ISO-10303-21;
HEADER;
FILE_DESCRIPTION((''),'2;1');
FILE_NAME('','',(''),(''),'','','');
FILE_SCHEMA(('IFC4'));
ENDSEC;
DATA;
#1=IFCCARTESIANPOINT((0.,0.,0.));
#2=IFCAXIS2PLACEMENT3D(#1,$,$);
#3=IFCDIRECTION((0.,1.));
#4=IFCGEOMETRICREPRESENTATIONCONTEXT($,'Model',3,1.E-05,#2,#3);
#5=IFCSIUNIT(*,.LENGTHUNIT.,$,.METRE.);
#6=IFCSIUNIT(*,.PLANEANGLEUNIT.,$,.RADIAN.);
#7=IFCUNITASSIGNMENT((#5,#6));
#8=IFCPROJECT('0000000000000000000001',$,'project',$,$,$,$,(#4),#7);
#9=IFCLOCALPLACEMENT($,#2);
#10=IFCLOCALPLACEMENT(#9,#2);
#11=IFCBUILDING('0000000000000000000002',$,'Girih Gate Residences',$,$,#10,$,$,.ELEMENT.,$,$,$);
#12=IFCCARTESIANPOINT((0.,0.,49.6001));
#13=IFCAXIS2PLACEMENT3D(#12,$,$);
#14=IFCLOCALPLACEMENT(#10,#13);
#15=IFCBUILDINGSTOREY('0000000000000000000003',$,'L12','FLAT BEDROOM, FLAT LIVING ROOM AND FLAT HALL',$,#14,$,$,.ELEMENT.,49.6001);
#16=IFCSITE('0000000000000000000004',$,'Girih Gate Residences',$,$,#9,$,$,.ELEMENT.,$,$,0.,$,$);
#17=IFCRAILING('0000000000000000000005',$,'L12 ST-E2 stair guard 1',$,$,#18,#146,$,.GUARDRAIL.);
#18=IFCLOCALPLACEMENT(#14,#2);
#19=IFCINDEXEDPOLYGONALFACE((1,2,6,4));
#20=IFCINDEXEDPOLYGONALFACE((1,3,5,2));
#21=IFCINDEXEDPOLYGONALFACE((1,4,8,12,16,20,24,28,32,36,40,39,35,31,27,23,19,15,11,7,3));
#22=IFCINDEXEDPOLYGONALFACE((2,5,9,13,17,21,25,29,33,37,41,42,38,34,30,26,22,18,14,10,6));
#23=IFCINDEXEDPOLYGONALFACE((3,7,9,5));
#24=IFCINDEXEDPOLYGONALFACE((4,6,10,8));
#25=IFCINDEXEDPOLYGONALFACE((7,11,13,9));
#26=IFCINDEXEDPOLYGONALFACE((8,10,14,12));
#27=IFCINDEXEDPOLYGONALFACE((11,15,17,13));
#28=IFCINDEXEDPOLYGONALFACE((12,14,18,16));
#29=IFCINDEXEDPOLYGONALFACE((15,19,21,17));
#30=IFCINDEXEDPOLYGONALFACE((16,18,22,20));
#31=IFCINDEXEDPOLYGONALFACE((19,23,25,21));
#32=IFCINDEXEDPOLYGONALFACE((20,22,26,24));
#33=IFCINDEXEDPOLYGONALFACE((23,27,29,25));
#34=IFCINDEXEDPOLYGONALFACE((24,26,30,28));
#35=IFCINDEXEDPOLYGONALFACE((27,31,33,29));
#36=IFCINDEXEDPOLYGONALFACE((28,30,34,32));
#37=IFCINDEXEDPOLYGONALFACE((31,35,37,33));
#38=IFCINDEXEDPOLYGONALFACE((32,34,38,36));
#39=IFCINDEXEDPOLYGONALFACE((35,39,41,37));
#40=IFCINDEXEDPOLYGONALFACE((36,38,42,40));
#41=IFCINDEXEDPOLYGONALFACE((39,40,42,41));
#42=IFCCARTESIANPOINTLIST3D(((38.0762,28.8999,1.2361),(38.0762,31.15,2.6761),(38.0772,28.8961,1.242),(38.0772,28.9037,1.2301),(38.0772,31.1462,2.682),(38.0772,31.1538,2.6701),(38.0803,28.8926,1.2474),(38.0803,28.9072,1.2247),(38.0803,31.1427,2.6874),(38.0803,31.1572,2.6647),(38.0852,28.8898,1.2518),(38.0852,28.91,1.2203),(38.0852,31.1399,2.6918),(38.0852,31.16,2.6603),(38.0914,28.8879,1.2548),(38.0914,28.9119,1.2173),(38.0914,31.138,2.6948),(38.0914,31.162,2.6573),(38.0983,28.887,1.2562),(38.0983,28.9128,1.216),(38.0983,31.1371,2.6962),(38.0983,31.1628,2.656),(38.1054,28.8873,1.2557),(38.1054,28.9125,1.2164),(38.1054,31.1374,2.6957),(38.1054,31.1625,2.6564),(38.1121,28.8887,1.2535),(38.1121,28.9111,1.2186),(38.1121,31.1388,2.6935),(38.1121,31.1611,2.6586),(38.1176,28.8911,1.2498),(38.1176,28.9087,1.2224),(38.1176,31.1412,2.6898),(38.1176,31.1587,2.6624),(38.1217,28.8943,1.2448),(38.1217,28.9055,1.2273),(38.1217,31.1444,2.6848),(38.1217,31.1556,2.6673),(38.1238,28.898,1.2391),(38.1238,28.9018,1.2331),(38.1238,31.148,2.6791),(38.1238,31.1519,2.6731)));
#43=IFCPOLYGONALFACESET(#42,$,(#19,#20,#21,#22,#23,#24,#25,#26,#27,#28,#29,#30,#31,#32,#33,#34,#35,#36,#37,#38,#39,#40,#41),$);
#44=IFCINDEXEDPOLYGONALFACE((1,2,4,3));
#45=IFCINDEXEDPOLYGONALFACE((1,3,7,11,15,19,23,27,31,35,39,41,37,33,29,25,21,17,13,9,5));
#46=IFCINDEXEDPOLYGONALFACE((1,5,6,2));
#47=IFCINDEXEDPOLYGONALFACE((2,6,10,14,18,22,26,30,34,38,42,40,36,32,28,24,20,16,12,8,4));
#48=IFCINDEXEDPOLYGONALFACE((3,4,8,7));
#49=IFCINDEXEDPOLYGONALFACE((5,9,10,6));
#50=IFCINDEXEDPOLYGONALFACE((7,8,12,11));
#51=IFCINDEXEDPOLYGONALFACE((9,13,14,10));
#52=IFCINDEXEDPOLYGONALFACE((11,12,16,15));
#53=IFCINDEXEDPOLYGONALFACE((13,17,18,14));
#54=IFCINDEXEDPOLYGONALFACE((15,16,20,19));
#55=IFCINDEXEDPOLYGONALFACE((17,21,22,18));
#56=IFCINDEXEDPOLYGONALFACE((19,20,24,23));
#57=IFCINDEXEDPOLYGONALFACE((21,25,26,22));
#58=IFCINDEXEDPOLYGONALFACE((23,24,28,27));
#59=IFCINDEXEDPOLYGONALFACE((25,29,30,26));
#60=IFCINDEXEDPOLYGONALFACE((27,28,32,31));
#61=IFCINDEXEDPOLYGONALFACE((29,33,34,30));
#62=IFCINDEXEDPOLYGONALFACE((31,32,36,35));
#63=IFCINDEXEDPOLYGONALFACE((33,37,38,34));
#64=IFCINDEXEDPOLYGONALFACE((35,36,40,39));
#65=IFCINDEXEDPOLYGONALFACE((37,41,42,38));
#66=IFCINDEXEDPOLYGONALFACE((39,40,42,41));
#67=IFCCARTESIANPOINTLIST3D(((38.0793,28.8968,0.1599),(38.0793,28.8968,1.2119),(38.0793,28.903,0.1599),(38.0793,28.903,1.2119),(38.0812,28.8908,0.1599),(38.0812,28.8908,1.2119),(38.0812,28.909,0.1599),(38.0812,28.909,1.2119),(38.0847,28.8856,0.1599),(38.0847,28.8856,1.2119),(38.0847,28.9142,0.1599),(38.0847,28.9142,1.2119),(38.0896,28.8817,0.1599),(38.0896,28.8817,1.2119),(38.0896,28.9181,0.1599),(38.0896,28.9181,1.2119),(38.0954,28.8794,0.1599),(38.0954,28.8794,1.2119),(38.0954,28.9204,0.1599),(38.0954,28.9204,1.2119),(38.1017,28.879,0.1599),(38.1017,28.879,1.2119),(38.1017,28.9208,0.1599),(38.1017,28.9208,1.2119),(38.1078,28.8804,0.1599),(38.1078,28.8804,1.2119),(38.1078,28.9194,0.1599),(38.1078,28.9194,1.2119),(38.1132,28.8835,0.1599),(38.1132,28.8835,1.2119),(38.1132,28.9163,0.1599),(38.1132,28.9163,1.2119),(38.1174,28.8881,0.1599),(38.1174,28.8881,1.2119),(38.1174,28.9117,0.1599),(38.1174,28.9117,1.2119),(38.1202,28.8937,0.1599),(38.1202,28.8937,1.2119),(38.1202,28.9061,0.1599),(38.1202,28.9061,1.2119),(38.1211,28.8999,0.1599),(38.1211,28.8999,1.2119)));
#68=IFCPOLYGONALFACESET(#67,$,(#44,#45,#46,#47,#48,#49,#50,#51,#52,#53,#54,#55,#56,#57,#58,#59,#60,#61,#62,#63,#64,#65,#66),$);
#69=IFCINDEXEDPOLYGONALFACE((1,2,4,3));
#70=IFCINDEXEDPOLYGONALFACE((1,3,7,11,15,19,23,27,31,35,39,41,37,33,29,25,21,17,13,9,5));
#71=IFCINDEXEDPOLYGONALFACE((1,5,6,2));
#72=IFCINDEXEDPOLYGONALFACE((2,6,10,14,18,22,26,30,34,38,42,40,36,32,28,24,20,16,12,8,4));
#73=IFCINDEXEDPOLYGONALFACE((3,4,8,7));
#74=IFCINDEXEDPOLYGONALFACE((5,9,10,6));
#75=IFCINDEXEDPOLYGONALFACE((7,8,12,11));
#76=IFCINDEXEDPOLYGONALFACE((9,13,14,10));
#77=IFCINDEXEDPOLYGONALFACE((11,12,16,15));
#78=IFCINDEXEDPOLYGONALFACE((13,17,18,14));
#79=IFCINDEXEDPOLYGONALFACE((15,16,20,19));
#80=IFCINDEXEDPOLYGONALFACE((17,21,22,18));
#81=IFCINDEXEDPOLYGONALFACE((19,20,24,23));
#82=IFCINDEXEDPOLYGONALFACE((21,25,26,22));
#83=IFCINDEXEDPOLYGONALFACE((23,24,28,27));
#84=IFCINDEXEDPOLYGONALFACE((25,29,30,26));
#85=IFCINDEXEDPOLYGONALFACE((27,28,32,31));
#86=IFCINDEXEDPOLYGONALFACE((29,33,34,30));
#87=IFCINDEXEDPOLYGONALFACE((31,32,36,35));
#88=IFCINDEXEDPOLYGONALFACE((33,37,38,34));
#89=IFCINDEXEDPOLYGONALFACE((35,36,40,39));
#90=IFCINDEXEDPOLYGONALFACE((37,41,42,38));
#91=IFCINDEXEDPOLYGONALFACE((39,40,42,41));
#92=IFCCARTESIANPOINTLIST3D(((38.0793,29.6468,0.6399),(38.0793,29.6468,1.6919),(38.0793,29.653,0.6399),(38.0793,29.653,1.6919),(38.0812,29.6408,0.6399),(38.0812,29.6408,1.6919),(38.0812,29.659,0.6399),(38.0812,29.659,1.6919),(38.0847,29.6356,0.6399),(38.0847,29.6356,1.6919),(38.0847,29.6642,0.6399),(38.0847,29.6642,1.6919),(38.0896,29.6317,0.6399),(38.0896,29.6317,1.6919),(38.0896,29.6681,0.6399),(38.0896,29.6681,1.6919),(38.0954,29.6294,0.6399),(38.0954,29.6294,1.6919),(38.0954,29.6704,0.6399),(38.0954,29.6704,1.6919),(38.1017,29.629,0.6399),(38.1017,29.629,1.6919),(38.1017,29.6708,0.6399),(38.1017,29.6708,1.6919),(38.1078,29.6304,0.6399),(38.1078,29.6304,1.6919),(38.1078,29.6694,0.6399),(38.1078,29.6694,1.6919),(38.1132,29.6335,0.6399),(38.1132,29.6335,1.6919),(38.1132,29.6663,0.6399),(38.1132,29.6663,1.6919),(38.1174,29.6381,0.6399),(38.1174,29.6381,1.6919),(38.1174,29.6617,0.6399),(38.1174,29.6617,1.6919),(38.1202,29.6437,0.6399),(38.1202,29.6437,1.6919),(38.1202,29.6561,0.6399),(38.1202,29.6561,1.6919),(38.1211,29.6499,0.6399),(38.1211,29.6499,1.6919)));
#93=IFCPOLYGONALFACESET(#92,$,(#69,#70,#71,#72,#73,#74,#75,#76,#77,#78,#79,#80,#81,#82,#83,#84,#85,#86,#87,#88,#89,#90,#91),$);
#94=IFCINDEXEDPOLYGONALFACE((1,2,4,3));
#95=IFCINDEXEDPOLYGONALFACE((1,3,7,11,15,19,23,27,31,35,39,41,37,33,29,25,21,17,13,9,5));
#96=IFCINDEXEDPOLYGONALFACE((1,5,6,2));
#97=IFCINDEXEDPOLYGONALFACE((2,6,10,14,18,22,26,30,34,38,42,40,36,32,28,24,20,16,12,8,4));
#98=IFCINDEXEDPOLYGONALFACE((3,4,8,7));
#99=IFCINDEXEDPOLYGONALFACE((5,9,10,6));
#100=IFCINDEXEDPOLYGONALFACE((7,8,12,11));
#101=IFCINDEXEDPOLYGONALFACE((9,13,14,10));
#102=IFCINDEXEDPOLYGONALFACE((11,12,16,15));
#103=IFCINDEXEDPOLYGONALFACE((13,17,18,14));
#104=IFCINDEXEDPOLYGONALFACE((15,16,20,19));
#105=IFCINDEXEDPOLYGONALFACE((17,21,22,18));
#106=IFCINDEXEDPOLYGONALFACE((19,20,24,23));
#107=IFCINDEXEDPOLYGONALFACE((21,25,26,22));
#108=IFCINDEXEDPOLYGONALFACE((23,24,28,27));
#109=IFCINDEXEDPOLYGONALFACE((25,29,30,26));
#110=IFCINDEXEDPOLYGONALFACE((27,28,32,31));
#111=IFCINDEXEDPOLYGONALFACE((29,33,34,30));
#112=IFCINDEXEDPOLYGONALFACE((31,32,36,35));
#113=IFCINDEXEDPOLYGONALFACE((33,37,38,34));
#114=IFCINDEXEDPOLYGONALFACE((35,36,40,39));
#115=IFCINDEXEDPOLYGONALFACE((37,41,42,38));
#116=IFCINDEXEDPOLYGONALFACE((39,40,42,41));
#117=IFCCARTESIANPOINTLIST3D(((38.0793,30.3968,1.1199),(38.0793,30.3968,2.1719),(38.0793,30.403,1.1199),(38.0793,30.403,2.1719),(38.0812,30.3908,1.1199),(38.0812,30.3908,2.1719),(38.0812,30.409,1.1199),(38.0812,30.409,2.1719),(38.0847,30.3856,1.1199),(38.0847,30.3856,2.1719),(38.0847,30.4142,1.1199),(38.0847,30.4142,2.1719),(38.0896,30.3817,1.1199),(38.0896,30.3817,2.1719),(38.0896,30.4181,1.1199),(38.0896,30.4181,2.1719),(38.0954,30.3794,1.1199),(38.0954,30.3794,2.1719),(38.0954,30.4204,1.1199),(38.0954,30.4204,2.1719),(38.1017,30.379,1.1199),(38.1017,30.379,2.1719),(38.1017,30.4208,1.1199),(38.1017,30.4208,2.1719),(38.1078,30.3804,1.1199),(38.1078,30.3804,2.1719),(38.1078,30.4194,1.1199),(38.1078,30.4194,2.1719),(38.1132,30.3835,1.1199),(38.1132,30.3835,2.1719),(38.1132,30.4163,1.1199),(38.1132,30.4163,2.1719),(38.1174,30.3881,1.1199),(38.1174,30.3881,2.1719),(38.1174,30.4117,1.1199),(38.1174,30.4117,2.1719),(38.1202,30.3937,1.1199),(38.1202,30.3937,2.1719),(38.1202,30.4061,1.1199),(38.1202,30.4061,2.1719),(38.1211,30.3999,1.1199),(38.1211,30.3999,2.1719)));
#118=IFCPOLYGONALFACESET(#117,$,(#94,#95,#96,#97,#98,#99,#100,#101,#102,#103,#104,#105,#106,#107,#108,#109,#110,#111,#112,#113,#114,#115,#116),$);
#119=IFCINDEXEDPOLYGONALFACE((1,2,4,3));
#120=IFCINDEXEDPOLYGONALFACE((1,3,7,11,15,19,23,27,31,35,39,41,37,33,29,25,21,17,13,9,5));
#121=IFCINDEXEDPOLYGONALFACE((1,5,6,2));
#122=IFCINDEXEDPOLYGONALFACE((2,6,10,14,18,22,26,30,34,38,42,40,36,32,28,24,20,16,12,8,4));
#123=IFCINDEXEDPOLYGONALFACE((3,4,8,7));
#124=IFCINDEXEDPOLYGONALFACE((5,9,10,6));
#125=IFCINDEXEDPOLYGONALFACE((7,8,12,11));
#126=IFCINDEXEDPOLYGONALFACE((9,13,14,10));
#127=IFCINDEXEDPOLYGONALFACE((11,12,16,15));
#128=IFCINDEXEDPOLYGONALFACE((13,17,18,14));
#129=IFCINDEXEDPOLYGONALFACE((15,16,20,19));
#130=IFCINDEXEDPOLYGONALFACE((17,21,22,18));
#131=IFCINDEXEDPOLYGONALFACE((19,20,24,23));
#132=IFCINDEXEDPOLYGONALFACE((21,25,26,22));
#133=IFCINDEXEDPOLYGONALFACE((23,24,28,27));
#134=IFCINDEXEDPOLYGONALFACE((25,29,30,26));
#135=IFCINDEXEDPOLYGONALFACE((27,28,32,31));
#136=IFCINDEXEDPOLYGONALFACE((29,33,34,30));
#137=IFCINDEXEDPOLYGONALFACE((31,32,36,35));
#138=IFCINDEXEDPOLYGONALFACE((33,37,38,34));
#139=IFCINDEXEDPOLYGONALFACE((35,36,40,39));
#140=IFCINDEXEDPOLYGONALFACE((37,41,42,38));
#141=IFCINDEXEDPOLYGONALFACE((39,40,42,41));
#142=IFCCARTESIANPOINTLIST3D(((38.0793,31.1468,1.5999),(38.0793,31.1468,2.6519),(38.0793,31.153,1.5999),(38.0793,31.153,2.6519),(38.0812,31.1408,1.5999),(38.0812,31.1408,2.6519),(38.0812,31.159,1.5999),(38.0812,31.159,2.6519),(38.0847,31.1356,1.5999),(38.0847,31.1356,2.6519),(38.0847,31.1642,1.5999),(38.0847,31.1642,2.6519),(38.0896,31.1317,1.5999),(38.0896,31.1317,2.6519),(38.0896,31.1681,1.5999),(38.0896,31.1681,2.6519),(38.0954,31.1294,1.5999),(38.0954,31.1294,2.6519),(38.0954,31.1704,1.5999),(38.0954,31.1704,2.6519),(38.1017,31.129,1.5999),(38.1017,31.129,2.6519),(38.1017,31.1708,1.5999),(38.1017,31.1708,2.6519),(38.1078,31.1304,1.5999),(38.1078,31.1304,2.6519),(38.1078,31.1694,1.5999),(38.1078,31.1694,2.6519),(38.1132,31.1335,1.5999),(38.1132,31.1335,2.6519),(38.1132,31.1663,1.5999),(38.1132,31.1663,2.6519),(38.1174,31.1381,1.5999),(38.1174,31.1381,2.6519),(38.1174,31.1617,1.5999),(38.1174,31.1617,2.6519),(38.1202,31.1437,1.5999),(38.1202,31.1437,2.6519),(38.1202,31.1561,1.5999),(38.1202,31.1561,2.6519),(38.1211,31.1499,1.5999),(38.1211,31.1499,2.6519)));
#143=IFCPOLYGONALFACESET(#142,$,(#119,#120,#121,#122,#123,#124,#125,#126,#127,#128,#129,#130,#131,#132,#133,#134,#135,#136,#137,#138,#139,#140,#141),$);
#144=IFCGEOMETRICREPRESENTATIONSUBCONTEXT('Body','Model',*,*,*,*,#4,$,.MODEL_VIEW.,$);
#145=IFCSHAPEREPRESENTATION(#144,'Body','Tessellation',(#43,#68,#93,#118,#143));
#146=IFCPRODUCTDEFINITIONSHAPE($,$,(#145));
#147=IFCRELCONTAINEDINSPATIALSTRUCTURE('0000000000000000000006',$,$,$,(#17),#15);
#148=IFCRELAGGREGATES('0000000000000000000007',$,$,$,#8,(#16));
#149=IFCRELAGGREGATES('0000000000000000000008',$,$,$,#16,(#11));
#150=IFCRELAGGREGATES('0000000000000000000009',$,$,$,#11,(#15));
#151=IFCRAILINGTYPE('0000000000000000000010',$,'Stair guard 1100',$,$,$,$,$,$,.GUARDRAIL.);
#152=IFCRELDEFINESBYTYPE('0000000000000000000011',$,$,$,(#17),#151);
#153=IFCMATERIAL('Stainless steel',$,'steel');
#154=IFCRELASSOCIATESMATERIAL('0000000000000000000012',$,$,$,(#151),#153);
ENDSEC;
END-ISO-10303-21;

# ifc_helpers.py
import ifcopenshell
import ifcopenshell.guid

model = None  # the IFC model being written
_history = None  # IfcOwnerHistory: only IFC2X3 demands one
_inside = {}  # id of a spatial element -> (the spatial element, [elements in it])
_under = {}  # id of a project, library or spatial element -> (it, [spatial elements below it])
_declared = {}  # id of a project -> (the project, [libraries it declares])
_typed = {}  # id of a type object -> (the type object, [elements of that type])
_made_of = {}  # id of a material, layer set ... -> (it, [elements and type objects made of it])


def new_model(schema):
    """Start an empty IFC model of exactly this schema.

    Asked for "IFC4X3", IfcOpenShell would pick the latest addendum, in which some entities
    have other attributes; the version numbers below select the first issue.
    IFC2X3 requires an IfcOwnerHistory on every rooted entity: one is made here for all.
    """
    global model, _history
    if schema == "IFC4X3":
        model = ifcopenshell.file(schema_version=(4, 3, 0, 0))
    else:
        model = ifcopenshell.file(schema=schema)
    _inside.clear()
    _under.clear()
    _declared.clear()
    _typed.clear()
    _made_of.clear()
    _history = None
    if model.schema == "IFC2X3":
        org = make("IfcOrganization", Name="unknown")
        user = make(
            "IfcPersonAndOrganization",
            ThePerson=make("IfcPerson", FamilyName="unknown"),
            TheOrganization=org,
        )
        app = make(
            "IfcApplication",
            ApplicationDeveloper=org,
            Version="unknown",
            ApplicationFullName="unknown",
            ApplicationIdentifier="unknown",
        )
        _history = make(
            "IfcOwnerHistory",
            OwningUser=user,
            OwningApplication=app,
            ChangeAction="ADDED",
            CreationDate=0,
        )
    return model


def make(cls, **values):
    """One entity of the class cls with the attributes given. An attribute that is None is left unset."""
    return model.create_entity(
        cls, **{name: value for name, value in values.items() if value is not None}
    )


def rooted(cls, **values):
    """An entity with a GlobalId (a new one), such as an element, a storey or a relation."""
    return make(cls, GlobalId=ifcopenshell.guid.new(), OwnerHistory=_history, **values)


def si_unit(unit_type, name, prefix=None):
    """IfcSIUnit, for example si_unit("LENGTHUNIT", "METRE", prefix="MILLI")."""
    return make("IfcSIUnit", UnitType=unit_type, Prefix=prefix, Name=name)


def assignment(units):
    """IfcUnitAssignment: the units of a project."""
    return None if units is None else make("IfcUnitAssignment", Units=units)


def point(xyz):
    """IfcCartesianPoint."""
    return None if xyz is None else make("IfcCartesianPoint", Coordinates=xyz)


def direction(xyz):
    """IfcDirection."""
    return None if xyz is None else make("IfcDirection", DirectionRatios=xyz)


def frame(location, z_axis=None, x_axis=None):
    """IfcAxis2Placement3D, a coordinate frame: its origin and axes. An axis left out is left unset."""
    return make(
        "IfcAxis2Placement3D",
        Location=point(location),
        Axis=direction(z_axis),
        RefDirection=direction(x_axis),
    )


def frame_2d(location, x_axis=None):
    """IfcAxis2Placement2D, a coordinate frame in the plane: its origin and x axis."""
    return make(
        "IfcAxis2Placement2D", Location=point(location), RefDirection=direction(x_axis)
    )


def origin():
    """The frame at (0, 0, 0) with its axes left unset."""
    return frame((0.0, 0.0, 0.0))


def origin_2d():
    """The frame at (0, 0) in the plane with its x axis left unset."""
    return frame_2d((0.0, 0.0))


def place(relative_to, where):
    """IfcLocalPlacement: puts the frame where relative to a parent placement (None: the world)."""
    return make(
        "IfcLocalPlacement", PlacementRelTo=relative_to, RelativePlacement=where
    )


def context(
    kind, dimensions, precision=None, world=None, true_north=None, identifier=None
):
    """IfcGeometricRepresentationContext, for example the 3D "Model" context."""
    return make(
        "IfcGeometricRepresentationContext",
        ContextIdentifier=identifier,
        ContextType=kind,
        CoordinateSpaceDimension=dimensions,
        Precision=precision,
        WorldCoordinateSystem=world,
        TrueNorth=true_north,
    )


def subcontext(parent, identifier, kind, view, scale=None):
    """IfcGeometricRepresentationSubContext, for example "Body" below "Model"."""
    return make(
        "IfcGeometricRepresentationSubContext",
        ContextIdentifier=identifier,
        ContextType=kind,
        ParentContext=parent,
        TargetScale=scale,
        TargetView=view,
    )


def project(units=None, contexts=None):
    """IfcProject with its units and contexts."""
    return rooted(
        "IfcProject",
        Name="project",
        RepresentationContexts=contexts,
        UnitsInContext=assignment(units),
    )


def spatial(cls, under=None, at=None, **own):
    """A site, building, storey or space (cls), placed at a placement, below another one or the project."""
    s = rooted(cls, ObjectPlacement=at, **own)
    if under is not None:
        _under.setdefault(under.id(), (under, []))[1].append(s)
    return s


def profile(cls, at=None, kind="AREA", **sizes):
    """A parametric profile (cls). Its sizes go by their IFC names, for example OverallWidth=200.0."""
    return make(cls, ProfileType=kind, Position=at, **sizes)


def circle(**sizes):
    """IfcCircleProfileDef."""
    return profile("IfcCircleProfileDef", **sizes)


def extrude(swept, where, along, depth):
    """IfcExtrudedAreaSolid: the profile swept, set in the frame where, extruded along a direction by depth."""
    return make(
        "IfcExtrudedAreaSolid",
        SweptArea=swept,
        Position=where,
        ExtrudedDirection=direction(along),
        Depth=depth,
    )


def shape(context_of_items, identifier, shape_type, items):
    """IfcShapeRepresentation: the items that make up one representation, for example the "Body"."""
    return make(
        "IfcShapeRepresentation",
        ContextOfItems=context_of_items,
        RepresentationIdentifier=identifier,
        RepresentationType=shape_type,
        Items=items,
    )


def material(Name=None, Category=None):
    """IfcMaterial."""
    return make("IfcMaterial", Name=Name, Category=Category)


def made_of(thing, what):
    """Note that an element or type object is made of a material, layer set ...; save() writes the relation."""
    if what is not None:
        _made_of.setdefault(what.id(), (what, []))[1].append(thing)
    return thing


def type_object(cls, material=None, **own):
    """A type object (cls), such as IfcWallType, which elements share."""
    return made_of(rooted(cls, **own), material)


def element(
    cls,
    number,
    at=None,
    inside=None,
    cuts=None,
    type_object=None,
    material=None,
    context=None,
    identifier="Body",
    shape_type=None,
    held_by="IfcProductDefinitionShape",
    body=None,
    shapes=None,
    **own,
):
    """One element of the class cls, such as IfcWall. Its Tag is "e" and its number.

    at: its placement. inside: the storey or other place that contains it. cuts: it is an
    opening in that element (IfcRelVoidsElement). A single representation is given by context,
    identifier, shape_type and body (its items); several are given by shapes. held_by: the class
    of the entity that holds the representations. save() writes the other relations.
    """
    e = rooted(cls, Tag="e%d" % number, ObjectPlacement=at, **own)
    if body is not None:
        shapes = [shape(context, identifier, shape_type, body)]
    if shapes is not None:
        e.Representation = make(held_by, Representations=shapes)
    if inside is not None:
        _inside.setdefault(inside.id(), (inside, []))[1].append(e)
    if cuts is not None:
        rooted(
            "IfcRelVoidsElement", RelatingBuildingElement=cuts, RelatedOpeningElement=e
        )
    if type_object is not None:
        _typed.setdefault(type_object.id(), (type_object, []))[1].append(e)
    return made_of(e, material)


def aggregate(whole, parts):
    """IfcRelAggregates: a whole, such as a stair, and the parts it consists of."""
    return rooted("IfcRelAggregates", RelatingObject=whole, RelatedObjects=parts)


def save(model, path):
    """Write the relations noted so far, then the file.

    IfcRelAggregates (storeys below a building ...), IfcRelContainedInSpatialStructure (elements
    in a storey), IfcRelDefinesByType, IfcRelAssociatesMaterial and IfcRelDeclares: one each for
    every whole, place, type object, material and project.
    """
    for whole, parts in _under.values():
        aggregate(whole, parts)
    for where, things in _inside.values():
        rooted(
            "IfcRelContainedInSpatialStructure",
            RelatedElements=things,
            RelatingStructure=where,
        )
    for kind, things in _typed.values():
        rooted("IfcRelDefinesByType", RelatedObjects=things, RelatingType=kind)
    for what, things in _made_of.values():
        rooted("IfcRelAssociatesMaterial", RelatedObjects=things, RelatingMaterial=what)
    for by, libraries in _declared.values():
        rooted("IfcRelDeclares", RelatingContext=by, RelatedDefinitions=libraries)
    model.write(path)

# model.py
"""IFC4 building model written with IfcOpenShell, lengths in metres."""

from ifc_helpers import new_model, si_unit, direction, frame, origin, origin_2d, place, context, subcontext, project, spatial, circle, extrude, material, type_object, element, save


model = new_model("IFC4")

# Units and contexts
model_context = context("Model", 3, precision=1e-05, world=origin(), true_north=direction((0.0, 1.0)))
body_context = subcontext(model_context, "Body", "Model", "MODEL_VIEW")
ifc_project = project(units=[si_unit("LENGTHUNIT", "METRE"), si_unit("PLANEANGLEUNIT", "RADIAN")], contexts=[model_context])

# Site, building, storey
site_placement = place(None, origin())
site = spatial("IfcSite", under=ifc_project, at=site_placement, Name="Girih Gate Residences", CompositionType="ELEMENT", RefElevation=0.0)
building_placement = place(site_placement, origin())
building = spatial("IfcBuilding", under=site, at=building_placement, Name="Girih Gate Residences", CompositionType="ELEMENT")
storey_placement = place(building_placement, frame((0.0, 0.0, 49.6001)))
storey = spatial("IfcBuildingStorey", under=building, at=storey_placement, Name="L12", Description="FLAT BEDROOM, FLAT LIVING ROOM AND FLAT HALL", CompositionType="ELEMENT", Elevation=49.6001)

# Shared definitions
ifc_material_1 = material(Name="Stainless steel", Category="steel")

# Railing
railing_type_1 = type_object("IfcRailingType", Name="Stair guard 1100", PredefinedType="GUARDRAIL", material=ifc_material_1)
railing_1_placement = place(storey_placement, frame((38.1001, 28.8999, 0.1599)))
element("IfcRailing", 1, at=railing_1_placement, inside=storey, type_object=railing_type_1, Name="L12 ST-E2 stair guard 1", PredefinedType="GUARDRAIL", context=body_context, shape_type="SweptSolid", body=[
    extrude(circle(Radius=0.0239, at=origin_2d()), frame((0.0, 0.0, 1.0762), z_axis=(0.0, 0.842281, 0.539038), x_axis=(-1.0, 0.0, 0.0)), (0.0, 0.0, 1.0), 2.6714),
    extrude(circle(Radius=0.021, at=origin_2d()), origin(), (0.0, 0.0, 1.0), 1.052),
    extrude(circle(Radius=0.021, at=origin_2d()), frame((0.0, 0.75, 0.48)), (0.0, 0.0, 1.0), 1.052),
    extrude(circle(Radius=0.021, at=origin_2d()), frame((0.0, 1.5, 0.96)), (0.0, 0.0, 1.0), 1.052),
    extrude(circle(Radius=0.021, at=origin_2d()), frame((0.0, 2.25, 1.4399)), (0.0, 0.0, 1.0), 1.052),
])

save(model, "model.ifc")
